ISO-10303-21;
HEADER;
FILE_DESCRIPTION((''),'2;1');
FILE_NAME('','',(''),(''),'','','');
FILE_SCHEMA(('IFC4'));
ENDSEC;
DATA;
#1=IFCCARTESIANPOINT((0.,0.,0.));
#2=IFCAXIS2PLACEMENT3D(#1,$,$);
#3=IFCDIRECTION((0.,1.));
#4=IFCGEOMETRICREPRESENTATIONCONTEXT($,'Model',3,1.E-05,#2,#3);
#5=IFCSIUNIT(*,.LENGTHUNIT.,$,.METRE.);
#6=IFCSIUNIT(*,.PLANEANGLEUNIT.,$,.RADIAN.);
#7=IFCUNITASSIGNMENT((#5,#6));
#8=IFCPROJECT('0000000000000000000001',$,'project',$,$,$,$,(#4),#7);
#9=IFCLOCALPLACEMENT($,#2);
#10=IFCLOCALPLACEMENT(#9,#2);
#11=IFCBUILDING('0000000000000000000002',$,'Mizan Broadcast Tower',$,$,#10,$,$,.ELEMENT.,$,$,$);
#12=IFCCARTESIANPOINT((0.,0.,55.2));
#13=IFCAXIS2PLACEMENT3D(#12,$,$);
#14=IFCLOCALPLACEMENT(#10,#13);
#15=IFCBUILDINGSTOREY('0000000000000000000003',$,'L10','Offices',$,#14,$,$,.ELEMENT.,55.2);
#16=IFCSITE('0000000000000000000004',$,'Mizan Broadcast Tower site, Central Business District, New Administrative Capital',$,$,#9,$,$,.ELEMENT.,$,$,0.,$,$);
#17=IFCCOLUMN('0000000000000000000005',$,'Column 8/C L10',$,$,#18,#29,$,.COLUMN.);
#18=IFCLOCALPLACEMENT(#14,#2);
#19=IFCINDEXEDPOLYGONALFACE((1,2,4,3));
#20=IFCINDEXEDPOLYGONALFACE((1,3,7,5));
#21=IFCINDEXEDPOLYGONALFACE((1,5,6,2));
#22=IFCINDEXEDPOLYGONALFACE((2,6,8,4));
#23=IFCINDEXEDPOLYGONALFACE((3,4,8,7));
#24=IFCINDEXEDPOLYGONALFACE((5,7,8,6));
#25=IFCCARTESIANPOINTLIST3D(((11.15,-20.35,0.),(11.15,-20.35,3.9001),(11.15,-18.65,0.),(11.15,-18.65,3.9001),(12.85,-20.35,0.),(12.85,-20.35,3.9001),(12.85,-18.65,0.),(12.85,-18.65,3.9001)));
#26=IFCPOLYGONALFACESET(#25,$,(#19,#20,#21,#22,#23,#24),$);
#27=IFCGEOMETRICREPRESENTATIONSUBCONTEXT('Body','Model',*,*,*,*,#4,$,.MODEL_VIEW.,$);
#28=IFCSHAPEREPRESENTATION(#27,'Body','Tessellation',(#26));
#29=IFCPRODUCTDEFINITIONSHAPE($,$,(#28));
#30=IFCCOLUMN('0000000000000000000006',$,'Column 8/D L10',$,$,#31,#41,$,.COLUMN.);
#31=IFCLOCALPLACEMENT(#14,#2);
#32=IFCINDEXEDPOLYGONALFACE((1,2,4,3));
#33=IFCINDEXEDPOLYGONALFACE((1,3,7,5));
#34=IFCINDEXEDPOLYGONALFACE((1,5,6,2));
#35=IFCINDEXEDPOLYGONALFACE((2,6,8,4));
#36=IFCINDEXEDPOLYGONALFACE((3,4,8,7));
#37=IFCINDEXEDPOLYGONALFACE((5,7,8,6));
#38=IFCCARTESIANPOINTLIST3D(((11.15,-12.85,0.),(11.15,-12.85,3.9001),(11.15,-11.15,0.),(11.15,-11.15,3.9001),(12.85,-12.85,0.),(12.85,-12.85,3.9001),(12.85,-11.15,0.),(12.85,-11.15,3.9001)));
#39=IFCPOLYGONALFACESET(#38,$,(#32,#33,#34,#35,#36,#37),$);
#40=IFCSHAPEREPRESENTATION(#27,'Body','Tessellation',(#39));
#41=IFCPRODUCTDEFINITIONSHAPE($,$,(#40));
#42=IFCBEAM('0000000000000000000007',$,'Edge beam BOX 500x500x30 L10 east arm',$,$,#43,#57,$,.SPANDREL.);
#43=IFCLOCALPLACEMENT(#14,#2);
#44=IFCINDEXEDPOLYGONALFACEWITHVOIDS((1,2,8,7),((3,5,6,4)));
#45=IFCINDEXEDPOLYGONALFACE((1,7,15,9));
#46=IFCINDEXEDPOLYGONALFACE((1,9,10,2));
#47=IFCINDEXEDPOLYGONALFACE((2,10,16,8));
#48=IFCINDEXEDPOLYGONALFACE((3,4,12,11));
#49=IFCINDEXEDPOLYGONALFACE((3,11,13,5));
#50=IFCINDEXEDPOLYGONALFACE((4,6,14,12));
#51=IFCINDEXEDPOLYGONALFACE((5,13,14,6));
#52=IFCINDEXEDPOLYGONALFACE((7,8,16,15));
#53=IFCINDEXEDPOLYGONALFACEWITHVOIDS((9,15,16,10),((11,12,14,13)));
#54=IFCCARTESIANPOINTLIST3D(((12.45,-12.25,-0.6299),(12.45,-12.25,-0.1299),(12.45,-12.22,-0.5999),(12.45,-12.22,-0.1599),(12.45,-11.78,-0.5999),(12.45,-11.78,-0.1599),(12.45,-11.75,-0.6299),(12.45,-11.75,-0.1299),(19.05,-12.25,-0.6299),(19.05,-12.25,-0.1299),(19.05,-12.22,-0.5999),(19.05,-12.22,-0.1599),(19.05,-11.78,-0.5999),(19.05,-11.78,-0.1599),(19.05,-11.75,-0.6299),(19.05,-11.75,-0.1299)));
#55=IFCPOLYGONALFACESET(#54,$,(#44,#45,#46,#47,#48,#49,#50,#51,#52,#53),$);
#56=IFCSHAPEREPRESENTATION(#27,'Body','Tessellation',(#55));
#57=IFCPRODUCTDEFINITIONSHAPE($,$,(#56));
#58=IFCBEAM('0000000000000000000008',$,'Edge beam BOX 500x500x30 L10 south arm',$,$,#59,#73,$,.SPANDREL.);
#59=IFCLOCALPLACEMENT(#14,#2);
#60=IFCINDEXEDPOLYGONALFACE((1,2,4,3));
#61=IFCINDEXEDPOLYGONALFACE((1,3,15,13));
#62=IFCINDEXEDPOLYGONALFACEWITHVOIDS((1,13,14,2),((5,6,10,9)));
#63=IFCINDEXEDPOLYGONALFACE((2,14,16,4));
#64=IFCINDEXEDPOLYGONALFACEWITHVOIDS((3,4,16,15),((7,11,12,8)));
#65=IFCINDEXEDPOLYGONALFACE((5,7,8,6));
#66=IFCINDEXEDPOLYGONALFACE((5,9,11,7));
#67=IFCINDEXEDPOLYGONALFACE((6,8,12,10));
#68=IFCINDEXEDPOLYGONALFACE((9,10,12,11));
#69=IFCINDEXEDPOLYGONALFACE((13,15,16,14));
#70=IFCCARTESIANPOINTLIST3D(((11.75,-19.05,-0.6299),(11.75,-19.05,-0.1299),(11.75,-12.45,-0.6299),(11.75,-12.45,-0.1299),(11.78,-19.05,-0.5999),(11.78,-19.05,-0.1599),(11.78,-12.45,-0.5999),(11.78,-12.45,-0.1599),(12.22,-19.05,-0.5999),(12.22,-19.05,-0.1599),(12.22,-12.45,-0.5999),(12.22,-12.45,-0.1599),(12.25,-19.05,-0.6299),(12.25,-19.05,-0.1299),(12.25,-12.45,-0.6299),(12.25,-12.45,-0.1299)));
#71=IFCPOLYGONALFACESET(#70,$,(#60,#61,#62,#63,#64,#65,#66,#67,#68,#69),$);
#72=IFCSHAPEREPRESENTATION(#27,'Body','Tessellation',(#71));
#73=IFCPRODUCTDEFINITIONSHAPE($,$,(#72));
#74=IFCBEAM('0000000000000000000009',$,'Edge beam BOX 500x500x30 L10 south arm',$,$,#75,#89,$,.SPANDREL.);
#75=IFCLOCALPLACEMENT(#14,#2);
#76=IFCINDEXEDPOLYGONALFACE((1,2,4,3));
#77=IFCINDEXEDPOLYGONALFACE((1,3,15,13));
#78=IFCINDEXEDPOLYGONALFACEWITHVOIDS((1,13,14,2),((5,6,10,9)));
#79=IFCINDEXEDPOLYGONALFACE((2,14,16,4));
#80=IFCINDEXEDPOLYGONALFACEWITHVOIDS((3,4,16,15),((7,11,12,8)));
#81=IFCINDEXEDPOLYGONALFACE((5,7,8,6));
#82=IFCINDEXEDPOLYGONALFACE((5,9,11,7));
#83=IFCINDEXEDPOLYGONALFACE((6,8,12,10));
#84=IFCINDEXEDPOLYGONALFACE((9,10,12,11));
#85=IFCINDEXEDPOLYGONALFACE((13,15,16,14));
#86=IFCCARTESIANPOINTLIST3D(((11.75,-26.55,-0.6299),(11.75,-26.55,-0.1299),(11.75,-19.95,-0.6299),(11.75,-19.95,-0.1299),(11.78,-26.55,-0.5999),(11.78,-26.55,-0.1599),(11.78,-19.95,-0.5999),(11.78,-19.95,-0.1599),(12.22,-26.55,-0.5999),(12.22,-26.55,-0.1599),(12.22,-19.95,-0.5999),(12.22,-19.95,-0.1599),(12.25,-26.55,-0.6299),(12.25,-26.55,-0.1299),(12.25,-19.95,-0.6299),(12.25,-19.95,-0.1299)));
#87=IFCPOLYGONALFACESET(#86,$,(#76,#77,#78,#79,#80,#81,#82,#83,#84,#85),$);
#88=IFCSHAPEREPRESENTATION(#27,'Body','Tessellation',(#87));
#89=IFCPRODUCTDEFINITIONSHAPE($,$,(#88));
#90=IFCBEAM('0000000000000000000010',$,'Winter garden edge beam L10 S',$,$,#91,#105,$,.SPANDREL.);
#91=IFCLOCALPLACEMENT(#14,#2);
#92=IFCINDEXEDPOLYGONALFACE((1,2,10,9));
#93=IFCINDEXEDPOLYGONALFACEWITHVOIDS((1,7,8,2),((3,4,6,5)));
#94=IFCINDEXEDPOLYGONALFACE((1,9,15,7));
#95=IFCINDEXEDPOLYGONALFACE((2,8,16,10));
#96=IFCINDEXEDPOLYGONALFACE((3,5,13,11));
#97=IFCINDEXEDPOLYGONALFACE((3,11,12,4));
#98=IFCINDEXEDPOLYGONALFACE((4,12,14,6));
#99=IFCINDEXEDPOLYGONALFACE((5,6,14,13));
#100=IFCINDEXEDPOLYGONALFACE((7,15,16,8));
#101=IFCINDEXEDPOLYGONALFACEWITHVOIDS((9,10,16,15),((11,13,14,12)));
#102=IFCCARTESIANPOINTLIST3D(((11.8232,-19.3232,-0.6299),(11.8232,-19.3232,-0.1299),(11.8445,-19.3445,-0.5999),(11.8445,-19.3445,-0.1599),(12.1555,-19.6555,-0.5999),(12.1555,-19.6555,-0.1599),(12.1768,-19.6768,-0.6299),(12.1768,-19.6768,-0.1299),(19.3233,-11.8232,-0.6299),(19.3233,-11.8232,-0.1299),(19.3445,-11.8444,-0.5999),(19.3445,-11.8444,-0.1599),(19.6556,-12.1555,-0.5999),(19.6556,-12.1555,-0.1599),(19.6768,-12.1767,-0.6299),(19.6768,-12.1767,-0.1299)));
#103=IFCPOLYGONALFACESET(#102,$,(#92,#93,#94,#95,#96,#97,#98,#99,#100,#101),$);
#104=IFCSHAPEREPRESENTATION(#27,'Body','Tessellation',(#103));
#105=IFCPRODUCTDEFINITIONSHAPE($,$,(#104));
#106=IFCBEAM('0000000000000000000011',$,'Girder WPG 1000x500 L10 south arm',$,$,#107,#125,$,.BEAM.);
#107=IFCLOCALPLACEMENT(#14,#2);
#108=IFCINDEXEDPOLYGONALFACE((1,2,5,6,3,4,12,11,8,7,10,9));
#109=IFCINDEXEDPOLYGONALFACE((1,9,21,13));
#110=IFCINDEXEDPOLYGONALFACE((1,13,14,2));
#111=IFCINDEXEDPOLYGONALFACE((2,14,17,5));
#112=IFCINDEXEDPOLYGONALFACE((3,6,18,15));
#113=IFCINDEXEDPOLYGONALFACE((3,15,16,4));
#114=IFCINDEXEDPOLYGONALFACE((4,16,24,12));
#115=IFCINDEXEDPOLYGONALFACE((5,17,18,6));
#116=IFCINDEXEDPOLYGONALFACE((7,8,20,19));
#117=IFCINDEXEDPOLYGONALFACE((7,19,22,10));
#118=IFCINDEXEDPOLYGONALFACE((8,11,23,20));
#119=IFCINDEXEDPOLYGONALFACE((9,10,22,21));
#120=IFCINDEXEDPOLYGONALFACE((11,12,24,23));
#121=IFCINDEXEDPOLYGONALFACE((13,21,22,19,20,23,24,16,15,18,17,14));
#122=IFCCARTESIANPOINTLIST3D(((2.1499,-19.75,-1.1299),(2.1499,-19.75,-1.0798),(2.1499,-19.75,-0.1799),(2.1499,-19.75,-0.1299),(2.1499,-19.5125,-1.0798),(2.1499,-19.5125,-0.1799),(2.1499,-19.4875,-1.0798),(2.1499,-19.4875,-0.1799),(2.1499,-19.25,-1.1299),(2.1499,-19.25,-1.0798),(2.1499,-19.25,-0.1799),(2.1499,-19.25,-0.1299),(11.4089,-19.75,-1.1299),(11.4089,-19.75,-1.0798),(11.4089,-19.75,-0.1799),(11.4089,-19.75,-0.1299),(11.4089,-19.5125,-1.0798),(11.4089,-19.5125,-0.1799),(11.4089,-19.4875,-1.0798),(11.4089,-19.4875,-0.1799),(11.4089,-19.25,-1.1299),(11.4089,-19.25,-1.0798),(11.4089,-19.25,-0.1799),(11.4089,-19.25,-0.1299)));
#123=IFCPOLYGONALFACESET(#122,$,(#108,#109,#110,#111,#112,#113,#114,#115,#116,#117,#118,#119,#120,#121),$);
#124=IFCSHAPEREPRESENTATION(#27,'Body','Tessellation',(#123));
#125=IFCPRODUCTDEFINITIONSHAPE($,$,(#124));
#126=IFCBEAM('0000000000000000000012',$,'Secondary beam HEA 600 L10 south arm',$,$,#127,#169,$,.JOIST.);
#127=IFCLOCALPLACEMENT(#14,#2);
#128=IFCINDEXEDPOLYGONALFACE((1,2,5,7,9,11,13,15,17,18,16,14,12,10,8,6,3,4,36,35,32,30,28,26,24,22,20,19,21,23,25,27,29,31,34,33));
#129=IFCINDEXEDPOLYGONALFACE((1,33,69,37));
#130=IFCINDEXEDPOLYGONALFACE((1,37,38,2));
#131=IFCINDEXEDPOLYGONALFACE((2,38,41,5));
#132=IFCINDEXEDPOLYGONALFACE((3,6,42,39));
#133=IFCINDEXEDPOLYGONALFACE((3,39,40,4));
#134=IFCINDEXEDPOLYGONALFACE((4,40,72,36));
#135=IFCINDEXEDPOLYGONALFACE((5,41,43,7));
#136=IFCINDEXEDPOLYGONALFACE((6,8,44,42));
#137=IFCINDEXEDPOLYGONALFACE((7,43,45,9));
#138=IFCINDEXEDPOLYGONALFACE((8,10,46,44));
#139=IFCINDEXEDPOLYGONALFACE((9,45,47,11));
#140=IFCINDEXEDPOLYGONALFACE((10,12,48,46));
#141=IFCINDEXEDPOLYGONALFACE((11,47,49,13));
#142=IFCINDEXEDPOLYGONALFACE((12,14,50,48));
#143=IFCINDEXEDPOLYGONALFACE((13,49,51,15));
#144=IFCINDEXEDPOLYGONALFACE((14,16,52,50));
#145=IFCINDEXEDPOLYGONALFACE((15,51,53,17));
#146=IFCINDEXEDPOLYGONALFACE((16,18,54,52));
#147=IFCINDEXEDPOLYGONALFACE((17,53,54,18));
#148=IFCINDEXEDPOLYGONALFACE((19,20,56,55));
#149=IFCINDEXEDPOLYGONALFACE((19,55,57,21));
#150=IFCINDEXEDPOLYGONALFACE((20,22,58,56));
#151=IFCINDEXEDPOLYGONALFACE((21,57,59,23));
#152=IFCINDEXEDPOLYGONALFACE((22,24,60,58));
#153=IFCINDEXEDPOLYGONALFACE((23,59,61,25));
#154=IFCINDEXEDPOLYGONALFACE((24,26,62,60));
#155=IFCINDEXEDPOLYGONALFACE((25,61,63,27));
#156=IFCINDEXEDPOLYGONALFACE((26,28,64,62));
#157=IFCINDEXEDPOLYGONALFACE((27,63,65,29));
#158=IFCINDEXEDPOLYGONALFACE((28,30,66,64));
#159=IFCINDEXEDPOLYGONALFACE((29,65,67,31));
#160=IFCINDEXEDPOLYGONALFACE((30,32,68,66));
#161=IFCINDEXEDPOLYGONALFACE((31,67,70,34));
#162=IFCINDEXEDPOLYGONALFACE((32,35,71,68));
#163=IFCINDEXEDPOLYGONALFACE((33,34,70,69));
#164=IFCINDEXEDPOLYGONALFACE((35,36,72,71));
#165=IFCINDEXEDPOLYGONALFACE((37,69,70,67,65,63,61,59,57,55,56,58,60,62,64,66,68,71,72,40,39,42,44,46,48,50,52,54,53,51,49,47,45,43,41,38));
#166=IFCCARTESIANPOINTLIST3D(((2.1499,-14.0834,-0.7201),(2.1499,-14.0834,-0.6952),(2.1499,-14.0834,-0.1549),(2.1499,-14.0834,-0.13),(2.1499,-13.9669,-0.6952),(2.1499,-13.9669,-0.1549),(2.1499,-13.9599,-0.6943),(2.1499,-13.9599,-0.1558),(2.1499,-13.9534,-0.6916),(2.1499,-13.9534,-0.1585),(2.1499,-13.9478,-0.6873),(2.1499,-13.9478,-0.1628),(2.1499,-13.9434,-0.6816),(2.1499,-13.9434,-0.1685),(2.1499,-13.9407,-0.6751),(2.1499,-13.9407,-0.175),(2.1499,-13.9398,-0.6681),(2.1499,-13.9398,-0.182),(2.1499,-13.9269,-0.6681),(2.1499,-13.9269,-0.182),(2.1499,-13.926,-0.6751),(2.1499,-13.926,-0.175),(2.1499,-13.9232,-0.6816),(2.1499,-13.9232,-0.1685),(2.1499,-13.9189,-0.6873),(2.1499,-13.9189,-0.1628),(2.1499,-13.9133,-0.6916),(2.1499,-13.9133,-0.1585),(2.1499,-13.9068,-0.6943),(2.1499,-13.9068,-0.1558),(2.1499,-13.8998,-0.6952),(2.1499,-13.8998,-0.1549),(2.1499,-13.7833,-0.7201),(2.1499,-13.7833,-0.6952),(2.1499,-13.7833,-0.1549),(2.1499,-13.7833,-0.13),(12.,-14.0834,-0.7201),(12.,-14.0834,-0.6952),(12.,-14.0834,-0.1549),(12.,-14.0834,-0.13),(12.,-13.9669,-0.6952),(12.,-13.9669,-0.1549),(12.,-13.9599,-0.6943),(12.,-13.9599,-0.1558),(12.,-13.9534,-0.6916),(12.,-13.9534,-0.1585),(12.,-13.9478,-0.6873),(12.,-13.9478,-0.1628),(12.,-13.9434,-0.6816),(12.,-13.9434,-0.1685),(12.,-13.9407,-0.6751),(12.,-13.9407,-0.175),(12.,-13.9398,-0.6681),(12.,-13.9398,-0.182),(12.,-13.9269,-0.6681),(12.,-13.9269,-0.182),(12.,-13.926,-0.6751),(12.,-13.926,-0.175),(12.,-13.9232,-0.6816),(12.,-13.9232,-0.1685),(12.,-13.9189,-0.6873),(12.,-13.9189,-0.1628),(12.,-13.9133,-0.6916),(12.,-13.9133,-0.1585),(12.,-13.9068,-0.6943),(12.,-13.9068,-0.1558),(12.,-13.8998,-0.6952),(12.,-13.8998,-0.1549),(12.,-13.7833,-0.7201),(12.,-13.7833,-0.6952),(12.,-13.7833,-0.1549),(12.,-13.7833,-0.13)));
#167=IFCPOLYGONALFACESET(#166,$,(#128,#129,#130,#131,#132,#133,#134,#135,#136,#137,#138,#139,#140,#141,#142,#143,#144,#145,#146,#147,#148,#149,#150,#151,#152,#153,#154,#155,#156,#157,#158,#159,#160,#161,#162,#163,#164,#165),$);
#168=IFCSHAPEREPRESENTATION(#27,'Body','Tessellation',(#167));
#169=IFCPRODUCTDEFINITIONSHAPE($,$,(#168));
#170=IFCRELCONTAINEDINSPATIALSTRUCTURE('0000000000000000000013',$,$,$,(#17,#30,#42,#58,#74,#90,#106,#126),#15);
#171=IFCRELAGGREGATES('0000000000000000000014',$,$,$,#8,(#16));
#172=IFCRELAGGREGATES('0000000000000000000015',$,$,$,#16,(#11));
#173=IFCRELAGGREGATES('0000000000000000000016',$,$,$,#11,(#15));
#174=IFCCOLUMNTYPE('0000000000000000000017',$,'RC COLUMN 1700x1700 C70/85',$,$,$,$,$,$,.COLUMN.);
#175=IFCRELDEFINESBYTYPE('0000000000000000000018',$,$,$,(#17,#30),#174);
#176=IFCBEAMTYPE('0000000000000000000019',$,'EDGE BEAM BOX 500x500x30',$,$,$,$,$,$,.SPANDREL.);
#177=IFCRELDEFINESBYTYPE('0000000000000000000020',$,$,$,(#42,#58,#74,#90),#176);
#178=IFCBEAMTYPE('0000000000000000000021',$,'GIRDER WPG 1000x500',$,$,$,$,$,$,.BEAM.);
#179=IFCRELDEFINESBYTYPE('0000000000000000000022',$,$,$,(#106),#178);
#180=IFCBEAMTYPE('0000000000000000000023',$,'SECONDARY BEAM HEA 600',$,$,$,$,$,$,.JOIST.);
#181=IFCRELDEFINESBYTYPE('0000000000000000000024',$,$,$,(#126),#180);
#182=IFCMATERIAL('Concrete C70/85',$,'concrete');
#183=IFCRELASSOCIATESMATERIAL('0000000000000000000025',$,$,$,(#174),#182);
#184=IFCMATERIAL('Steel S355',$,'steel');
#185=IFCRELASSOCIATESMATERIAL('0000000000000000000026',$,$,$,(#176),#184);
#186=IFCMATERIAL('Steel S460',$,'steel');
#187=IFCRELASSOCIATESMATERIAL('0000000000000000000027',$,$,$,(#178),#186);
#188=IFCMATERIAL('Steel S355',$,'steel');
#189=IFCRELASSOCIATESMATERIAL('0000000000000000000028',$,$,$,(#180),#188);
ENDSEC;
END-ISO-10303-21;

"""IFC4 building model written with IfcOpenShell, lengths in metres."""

from ifc_helpers import new_model, si_unit, direction, frame, origin, origin_2d, place, context, subcontext, project, spatial, rectangle, hollow_rectangle, i_section, extrude, material, material_profile, profile_set, type_object, element, save


model = new_model("IFC4")

# Units and contexts
model_context = context("Model", 3, precision=1e-05, world=origin(), true_north=direction((0.0, 1.0)))
body_context = subcontext(model_context, "Body", "Model", "MODEL_VIEW")
ifc_project = project(units=[si_unit("LENGTHUNIT", "METRE"), si_unit("PLANEANGLEUNIT", "RADIAN")], contexts=[model_context])

# Site, building, storey
site_placement = place(None, origin())
site = spatial("IfcSite", under=ifc_project, at=site_placement, Name="Mizan Broadcast Tower site, Central Business District, New Administrative Capital", CompositionType="ELEMENT", RefElevation=0.0)
building_placement = place(site_placement, origin())
building = spatial("IfcBuilding", under=site, at=building_placement, Name="Mizan Broadcast Tower", CompositionType="ELEMENT")
storey_placement = place(building_placement, frame((0.0, 0.0, 55.2)))
storey = spatial("IfcBuildingStorey", under=building, at=storey_placement, Name="L10", Description="Offices", CompositionType="ELEMENT", Elevation=55.2)

# Columns
ifc_material_1 = material(Name="Concrete C70/85", Category="concrete")
ifc_material_profile_1 = material_profile(ifc_material_1, rectangle(XDim=1.7, YDim=1.7, at=origin_2d()), Name="RC 1700x1700")
ifc_profile_set_1 = profile_set([ifc_material_profile_1], Name="Concrete C70/85")
column_type = type_object("IfcColumnType", Name="RC COLUMN 1700x1700 C70/85", PredefinedType="COLUMN", material=ifc_profile_set_1)
for number, where, z_axis, x_axis, name in (
    (1, (12.0, -19.5, 0.0), (0.0, 0.0, 1.0), (1.0, 0.0, 0.0), "Column 8/C L10"),
    (2, (12.0, -12.0, 0.0), (0.0, 0.0, 1.0), (1.0, 0.0, 0.0), "Column 8/D L10"),
):
    element("IfcColumn", number, at=place(storey_placement, frame(where, z_axis=z_axis, x_axis=x_axis)), inside=storey, type_object=column_type, Name=name, PredefinedType="COLUMN", context=body_context, shape_type="SweptSolid", body=[
        extrude(rectangle(XDim=1.7, YDim=1.7, at=origin_2d()), origin(), (0.0, 0.0, 1.0), 3.9001),
    ])

# Beams
ifc_material_2 = material(Name="Steel S355", Category="steel")
ifc_material_profile_2 = material_profile(ifc_material_2, hollow_rectangle(XDim=0.5, YDim=0.5, WallThickness=0.03, at=origin_2d()), Name="BOX 500x500x30")
ifc_profile_set_2 = profile_set([ifc_material_profile_2], Name="Steel S355")
beam_type_1 = type_object("IfcBeamType", Name="EDGE BEAM BOX 500x500x30", PredefinedType="SPANDREL", material=ifc_profile_set_2)
for number, where, z_axis, x_axis, name in (
    (3, (12.45, -12.0, -0.3799), (1.0, 0.0, 0.0), (0.0, 1.0, 0.0), "Edge beam BOX 500x500x30 L10 east arm"),
    (4, (12.0, -12.45, -0.3799), (0.0, -1.0, 0.0), (1.0, 0.0, 0.0), "Edge beam BOX 500x500x30 L10 south arm"),
    (5, (12.0, -19.95, -0.3799), (0.0, -1.0, 0.0), (1.0, 0.0, 0.0), "Edge beam BOX 500x500x30 L10 south arm"),
):
    element("IfcBeam", number, at=place(storey_placement, frame(where, z_axis=z_axis, x_axis=x_axis)), inside=storey, type_object=beam_type_1, Name=name, PredefinedType="SPANDREL", context=body_context, shape_type="SweptSolid", body=[
        extrude(hollow_rectangle(XDim=0.5, YDim=0.5, WallThickness=0.03, at=origin_2d()), origin(), (0.0, 0.0, 1.0), 6.6001),
    ])
beam_1_placement = place(storey_placement, frame((12.0, -19.5, -0.3799), z_axis=(0.707107, 0.707107, 0.0), x_axis=(-0.707107, 0.707107, 0.0)))
element("IfcBeam", 6, at=beam_1_placement, inside=storey, type_object=beam_type_1, Name="Winter garden edge beam L10 S", PredefinedType="SPANDREL", context=body_context, shape_type="SweptSolid", body=[
    extrude(hollow_rectangle(XDim=0.5, YDim=0.5, WallThickness=0.03, at=origin_2d()), origin(), (0.0, 0.0, 1.0), 10.6067),
])
ifc_material_3 = material(Name="Steel S460", Category="steel")
ifc_material_profile_3 = material_profile(ifc_material_3, i_section(OverallWidth=0.5, OverallDepth=1.0, WebThickness=0.0249, FlangeThickness=0.05, at=origin_2d()), Name="WPG 1000x500")
ifc_profile_set_3 = profile_set([ifc_material_profile_3], Name="Steel S460")
beam_type_2 = type_object("IfcBeamType", Name="GIRDER WPG 1000x500", PredefinedType="BEAM", material=ifc_profile_set_3)
beam_2_placement = place(storey_placement, frame((11.4089, -19.5, -0.6299), z_axis=(-1.0, 0.0, 0.0), x_axis=(0.0, -1.0, 0.0)))
element("IfcBeam", 7, at=beam_2_placement, inside=storey, type_object=beam_type_2, Name="Girder WPG 1000x500 L10 south arm", PredefinedType="BEAM", context=body_context, shape_type="SweptSolid", body=[
    extrude(i_section(OverallWidth=0.5, OverallDepth=1.0, WebThickness=0.0249, FlangeThickness=0.05, at=origin_2d()), origin(), (0.0, 0.0, 1.0), 9.259),
])
ifc_material_4 = material(Name="Steel S355", Category="steel")
ifc_material_profile_4 = material_profile(ifc_material_4, i_section(OverallWidth=0.3, OverallDepth=0.5901, WebThickness=0.0129, FlangeThickness=0.0249, FilletRadius=0.0271, at=origin_2d()), Name="HEA 600")
ifc_profile_set_4 = profile_set([ifc_material_profile_4], Name="Steel S355")
beam_type_3 = type_object("IfcBeamType", Name="SECONDARY BEAM HEA 600", PredefinedType="JOIST", material=ifc_profile_set_4)
for number, where, z_axis, x_axis, name in (
    (8, (12.0, -13.9333, -0.425), (-1.0, 0.0, 0.0), (0.0, -1.0, 0.0), "Secondary beam HEA 600 L10 south arm"),
):
    element("IfcBeam", number, at=place(storey_placement, frame(where, z_axis=z_axis, x_axis=x_axis)), inside=storey, type_object=beam_type_3, Name=name, PredefinedType="JOIST", context=body_context, shape_type="SweptSolid", body=[
        extrude(i_section(OverallWidth=0.3, OverallDepth=0.5901, WebThickness=0.0129, FlangeThickness=0.0249, FilletRadius=0.0271, at=origin_2d()), origin(), (0.0, 0.0, 1.0), 9.8501),
    ])

save(model, "model.ifc")
